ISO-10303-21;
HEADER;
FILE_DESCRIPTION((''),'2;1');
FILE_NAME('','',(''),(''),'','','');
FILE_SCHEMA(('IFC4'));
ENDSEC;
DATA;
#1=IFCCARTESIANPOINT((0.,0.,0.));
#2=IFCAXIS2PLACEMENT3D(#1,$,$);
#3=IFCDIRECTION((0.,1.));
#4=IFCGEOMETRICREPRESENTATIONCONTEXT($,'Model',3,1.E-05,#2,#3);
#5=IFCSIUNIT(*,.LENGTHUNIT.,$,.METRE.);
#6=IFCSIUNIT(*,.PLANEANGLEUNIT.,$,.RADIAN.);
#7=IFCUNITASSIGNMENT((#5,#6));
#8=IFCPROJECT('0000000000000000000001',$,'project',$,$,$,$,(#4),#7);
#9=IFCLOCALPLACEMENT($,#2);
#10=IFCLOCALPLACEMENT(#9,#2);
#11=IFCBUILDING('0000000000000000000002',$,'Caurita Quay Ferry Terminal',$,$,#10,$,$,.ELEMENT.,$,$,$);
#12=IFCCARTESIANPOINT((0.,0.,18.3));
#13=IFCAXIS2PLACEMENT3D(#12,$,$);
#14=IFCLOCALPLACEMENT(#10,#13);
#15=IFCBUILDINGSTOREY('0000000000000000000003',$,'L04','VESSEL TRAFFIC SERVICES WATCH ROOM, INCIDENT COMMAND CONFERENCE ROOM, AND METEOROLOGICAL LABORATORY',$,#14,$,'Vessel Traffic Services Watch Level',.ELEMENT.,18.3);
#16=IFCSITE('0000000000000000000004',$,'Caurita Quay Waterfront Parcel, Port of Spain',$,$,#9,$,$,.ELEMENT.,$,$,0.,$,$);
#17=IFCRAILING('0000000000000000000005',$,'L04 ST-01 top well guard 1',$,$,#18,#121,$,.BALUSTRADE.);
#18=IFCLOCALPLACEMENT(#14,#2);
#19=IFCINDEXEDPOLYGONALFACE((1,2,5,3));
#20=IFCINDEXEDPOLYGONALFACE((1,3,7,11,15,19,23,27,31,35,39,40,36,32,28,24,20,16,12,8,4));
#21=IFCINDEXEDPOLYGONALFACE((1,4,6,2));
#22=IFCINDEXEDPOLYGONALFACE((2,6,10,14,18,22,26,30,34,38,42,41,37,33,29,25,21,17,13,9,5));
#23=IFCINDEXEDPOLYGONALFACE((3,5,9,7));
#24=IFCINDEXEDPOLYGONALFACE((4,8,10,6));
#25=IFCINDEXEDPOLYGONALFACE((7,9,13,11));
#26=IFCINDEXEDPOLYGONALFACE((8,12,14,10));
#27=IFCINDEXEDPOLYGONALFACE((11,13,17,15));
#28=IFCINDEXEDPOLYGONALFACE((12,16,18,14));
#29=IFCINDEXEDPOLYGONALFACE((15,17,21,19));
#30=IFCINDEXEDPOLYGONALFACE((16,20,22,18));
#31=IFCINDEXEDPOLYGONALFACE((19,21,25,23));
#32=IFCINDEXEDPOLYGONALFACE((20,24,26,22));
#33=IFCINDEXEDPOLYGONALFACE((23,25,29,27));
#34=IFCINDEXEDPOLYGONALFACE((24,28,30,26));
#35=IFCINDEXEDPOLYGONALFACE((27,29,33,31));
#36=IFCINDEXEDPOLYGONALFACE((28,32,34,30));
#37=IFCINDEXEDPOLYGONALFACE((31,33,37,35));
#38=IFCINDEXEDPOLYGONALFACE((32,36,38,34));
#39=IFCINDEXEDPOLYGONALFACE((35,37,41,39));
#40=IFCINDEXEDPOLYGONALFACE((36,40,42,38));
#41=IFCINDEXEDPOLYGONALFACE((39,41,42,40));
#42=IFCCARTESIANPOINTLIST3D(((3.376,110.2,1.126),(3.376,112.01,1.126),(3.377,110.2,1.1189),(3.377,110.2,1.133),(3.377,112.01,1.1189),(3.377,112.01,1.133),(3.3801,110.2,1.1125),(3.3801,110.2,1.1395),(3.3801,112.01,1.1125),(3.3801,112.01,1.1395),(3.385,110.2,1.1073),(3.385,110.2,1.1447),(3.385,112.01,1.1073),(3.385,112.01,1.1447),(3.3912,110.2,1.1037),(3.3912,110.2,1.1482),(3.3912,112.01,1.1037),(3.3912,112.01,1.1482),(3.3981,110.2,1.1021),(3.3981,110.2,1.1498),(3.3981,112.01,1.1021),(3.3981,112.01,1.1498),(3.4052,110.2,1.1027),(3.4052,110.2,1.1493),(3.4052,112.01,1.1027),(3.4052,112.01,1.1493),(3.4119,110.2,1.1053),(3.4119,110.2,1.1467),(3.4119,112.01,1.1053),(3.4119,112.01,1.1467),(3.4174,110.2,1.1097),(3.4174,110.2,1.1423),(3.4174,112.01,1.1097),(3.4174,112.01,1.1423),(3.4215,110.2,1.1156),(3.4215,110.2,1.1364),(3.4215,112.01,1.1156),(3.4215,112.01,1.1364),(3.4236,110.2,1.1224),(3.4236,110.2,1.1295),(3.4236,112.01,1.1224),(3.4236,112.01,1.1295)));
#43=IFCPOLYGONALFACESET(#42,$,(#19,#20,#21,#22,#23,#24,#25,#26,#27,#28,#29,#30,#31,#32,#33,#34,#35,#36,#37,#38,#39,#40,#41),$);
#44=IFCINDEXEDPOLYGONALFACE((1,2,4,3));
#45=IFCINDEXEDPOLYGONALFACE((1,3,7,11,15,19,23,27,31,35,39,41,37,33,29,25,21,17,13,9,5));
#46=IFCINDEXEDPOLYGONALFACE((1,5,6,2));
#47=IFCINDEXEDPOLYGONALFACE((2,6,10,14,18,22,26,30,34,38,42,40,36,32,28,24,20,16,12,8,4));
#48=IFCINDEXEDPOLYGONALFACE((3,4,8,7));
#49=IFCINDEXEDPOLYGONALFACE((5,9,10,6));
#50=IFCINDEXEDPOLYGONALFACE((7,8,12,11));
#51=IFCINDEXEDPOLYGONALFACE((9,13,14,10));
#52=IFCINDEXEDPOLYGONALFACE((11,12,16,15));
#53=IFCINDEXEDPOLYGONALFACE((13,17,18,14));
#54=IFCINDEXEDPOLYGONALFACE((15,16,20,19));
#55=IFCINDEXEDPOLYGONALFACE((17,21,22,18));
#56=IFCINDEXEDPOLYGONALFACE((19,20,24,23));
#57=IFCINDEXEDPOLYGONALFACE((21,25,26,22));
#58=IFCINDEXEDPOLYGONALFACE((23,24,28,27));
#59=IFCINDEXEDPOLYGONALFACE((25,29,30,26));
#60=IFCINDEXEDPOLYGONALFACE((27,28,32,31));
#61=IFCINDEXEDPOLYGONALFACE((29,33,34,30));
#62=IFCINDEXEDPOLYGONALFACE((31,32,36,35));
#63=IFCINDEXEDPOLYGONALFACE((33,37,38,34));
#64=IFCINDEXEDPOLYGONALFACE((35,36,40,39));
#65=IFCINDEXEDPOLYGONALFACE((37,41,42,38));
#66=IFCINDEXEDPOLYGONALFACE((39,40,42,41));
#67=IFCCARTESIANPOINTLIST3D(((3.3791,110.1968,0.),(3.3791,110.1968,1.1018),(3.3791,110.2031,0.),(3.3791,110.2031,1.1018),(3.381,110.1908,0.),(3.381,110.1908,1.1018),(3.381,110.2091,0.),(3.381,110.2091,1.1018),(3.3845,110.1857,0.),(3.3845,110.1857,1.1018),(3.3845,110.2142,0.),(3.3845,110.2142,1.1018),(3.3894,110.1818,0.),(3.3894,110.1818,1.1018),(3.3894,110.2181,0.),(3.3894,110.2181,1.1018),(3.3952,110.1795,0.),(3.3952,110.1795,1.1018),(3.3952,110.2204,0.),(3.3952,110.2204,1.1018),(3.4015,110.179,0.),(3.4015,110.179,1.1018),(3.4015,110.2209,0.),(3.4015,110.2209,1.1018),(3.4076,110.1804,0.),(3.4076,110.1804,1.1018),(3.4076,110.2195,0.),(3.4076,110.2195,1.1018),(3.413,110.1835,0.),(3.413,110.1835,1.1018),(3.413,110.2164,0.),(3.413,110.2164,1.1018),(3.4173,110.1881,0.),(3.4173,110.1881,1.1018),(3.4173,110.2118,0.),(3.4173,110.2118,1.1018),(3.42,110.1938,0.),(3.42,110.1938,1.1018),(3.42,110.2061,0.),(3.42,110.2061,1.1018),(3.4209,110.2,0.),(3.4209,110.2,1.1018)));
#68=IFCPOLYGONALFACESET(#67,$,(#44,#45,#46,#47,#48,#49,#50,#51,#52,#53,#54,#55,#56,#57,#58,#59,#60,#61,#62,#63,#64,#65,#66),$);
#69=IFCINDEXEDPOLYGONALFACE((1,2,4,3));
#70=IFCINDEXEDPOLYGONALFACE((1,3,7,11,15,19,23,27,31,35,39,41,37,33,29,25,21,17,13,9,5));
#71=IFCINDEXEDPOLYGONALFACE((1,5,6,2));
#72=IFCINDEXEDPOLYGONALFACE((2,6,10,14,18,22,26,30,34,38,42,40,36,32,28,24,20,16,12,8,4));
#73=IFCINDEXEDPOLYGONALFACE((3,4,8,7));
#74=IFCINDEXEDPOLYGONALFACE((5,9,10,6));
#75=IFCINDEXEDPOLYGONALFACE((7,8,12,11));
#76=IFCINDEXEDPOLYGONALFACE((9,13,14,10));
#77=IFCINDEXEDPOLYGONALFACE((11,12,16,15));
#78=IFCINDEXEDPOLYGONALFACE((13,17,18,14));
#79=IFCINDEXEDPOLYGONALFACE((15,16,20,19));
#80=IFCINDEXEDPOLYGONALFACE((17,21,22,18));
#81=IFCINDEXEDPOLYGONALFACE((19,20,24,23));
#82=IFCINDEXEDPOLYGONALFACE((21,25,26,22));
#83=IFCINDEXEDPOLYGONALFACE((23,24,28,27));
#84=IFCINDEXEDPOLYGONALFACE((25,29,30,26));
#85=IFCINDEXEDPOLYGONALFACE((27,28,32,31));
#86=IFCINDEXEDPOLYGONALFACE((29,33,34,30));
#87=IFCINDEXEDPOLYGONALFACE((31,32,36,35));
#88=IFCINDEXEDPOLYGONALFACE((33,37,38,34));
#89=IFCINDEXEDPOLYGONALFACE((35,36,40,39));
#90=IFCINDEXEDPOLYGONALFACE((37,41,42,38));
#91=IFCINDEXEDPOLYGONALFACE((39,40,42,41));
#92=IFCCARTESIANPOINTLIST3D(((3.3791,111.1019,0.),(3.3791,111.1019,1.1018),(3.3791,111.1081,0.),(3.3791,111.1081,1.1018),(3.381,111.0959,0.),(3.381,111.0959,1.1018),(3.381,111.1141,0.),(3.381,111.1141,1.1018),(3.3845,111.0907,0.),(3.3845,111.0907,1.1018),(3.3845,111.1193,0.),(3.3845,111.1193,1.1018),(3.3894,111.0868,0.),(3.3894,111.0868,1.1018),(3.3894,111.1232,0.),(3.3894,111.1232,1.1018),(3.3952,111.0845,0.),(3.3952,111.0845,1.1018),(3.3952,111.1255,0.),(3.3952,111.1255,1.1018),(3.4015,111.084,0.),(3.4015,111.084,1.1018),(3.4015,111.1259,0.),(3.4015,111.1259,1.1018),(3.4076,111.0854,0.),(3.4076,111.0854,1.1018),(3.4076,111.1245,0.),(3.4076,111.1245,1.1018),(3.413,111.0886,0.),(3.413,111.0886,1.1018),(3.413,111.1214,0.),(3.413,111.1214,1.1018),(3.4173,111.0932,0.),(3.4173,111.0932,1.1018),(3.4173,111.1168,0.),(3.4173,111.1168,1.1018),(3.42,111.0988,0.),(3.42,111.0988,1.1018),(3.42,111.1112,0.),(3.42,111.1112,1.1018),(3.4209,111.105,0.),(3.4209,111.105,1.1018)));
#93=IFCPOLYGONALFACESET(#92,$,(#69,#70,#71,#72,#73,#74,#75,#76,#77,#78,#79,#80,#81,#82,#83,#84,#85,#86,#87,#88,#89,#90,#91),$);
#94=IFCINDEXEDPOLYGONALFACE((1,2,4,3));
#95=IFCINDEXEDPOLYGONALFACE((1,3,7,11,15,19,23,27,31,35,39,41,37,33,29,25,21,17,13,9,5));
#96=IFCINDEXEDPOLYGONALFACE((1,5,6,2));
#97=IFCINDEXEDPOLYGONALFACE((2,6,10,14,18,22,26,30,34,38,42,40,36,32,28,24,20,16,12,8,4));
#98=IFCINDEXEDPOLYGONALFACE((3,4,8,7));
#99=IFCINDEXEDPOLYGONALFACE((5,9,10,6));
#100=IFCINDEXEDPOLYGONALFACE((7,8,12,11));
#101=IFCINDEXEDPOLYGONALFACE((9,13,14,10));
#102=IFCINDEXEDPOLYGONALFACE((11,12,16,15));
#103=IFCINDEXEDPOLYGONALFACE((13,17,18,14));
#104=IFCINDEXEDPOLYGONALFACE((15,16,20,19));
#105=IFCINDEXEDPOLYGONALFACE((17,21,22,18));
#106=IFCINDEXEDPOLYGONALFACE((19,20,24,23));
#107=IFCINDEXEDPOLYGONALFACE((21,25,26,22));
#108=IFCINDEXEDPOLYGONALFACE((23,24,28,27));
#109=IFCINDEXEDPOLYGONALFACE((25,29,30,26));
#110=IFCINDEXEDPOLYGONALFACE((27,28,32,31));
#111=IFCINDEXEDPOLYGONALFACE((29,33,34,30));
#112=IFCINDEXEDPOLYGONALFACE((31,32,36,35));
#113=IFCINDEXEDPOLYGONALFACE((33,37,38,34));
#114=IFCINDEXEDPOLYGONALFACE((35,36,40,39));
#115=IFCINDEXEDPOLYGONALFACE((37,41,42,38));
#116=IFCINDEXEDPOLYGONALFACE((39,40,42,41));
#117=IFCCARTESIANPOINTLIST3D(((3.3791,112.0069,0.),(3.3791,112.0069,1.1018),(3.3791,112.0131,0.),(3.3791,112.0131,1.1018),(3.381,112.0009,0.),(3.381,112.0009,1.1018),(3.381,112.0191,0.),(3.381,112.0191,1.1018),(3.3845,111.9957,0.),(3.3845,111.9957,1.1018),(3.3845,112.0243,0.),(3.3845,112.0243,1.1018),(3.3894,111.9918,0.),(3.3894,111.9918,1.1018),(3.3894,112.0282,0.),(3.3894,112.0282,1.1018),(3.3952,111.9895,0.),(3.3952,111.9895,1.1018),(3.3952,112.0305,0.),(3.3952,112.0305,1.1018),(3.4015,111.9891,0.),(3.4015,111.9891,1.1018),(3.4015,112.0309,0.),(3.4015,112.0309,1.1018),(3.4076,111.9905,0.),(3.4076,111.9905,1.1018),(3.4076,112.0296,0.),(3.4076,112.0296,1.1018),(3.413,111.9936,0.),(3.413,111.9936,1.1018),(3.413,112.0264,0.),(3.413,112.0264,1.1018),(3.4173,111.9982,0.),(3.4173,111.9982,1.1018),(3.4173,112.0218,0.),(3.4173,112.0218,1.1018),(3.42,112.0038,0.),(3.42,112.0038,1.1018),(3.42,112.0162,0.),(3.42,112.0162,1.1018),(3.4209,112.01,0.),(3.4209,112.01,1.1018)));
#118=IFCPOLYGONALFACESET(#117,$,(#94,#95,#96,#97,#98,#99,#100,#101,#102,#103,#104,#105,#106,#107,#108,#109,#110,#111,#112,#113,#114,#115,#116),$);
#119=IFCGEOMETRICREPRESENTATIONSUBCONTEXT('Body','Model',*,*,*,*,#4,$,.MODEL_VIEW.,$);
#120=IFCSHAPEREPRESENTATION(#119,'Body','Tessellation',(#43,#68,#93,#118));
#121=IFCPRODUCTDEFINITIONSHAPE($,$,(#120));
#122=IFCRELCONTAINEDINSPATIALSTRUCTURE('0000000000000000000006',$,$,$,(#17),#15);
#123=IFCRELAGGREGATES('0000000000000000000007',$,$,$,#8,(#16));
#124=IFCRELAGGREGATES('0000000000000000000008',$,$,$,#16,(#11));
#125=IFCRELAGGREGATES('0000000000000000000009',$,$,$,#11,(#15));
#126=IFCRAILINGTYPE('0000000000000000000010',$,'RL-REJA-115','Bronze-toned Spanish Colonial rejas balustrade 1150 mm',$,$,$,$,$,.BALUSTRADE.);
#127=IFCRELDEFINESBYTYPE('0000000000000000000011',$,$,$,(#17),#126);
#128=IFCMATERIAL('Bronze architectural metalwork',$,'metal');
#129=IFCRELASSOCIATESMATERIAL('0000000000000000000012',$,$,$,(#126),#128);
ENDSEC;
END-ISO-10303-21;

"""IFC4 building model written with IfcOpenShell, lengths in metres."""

from ifc_helpers import new_model, si_unit, direction, frame, origin, origin_2d, place, context, subcontext, project, spatial, circle, extrude, material, type_object, element, save


model = new_model("IFC4")

# Units and contexts
model_context = context("Model", 3, precision=1e-05, world=origin(), true_north=direction((0.0, 1.0)))
body_context = subcontext(model_context, "Body", "Model", "MODEL_VIEW")
ifc_project = project(units=[si_unit("LENGTHUNIT", "METRE"), si_unit("PLANEANGLEUNIT", "RADIAN")], contexts=[model_context])

# Site, building, storey
site_placement = place(None, origin())
site = spatial("IfcSite", under=ifc_project, at=site_placement, Name="Caurita Quay Waterfront Parcel, Port of Spain", CompositionType="ELEMENT", RefElevation=0.0)
building_placement = place(site_placement, origin())
building = spatial("IfcBuilding", under=site, at=building_placement, Name="Caurita Quay Ferry Terminal", CompositionType="ELEMENT")
storey_placement = place(building_placement, frame((0.0, 0.0, 18.3)))
storey = spatial("IfcBuildingStorey", under=building, at=storey_placement, Name="L04", Description="VESSEL TRAFFIC SERVICES WATCH ROOM, INCIDENT COMMAND CONFERENCE ROOM, AND METEOROLOGICAL LABORATORY", LongName="Vessel Traffic Services Watch Level", CompositionType="ELEMENT", Elevation=18.3)

# Railing
ifc_material_1 = material(Name="Bronze architectural metalwork", Category="metal")
railing_type = type_object("IfcRailingType", Name="RL-REJA-115", Description="Bronze-toned Spanish Colonial rejas balustrade 1150 mm", PredefinedType="BALUSTRADE", material=ifc_material_1)
railing_placement = place(storey_placement, frame((3.3999, 110.2, 0.0)))
element("IfcRailing", 1, at=railing_placement, inside=storey, type_object=railing_type, Name="L04 ST-01 top well guard 1", PredefinedType="BALUSTRADE", context=body_context, shape_type="SweptSolid", body=[
    extrude(circle(Radius=0.0239, at=origin_2d()), frame((0.0, 0.0, 1.126), z_axis=(0.0, 1.0, 0.0), x_axis=(-1.0, 0.0, 0.0)), (0.0, 0.0, 1.0), 1.8101),
    extrude(circle(Radius=0.021, at=origin_2d()), origin(), (0.0, 0.0, 1.0), 1.1018),
    extrude(circle(Radius=0.021, at=origin_2d()), frame((0.0, 0.905, 0.0)), (0.0, 0.0, 1.0), 1.1018),
    extrude(circle(Radius=0.021, at=origin_2d()), frame((0.0, 1.8101, 0.0)), (0.0, 0.0, 1.0), 1.1018),
])

save(model, "model.ifc")
